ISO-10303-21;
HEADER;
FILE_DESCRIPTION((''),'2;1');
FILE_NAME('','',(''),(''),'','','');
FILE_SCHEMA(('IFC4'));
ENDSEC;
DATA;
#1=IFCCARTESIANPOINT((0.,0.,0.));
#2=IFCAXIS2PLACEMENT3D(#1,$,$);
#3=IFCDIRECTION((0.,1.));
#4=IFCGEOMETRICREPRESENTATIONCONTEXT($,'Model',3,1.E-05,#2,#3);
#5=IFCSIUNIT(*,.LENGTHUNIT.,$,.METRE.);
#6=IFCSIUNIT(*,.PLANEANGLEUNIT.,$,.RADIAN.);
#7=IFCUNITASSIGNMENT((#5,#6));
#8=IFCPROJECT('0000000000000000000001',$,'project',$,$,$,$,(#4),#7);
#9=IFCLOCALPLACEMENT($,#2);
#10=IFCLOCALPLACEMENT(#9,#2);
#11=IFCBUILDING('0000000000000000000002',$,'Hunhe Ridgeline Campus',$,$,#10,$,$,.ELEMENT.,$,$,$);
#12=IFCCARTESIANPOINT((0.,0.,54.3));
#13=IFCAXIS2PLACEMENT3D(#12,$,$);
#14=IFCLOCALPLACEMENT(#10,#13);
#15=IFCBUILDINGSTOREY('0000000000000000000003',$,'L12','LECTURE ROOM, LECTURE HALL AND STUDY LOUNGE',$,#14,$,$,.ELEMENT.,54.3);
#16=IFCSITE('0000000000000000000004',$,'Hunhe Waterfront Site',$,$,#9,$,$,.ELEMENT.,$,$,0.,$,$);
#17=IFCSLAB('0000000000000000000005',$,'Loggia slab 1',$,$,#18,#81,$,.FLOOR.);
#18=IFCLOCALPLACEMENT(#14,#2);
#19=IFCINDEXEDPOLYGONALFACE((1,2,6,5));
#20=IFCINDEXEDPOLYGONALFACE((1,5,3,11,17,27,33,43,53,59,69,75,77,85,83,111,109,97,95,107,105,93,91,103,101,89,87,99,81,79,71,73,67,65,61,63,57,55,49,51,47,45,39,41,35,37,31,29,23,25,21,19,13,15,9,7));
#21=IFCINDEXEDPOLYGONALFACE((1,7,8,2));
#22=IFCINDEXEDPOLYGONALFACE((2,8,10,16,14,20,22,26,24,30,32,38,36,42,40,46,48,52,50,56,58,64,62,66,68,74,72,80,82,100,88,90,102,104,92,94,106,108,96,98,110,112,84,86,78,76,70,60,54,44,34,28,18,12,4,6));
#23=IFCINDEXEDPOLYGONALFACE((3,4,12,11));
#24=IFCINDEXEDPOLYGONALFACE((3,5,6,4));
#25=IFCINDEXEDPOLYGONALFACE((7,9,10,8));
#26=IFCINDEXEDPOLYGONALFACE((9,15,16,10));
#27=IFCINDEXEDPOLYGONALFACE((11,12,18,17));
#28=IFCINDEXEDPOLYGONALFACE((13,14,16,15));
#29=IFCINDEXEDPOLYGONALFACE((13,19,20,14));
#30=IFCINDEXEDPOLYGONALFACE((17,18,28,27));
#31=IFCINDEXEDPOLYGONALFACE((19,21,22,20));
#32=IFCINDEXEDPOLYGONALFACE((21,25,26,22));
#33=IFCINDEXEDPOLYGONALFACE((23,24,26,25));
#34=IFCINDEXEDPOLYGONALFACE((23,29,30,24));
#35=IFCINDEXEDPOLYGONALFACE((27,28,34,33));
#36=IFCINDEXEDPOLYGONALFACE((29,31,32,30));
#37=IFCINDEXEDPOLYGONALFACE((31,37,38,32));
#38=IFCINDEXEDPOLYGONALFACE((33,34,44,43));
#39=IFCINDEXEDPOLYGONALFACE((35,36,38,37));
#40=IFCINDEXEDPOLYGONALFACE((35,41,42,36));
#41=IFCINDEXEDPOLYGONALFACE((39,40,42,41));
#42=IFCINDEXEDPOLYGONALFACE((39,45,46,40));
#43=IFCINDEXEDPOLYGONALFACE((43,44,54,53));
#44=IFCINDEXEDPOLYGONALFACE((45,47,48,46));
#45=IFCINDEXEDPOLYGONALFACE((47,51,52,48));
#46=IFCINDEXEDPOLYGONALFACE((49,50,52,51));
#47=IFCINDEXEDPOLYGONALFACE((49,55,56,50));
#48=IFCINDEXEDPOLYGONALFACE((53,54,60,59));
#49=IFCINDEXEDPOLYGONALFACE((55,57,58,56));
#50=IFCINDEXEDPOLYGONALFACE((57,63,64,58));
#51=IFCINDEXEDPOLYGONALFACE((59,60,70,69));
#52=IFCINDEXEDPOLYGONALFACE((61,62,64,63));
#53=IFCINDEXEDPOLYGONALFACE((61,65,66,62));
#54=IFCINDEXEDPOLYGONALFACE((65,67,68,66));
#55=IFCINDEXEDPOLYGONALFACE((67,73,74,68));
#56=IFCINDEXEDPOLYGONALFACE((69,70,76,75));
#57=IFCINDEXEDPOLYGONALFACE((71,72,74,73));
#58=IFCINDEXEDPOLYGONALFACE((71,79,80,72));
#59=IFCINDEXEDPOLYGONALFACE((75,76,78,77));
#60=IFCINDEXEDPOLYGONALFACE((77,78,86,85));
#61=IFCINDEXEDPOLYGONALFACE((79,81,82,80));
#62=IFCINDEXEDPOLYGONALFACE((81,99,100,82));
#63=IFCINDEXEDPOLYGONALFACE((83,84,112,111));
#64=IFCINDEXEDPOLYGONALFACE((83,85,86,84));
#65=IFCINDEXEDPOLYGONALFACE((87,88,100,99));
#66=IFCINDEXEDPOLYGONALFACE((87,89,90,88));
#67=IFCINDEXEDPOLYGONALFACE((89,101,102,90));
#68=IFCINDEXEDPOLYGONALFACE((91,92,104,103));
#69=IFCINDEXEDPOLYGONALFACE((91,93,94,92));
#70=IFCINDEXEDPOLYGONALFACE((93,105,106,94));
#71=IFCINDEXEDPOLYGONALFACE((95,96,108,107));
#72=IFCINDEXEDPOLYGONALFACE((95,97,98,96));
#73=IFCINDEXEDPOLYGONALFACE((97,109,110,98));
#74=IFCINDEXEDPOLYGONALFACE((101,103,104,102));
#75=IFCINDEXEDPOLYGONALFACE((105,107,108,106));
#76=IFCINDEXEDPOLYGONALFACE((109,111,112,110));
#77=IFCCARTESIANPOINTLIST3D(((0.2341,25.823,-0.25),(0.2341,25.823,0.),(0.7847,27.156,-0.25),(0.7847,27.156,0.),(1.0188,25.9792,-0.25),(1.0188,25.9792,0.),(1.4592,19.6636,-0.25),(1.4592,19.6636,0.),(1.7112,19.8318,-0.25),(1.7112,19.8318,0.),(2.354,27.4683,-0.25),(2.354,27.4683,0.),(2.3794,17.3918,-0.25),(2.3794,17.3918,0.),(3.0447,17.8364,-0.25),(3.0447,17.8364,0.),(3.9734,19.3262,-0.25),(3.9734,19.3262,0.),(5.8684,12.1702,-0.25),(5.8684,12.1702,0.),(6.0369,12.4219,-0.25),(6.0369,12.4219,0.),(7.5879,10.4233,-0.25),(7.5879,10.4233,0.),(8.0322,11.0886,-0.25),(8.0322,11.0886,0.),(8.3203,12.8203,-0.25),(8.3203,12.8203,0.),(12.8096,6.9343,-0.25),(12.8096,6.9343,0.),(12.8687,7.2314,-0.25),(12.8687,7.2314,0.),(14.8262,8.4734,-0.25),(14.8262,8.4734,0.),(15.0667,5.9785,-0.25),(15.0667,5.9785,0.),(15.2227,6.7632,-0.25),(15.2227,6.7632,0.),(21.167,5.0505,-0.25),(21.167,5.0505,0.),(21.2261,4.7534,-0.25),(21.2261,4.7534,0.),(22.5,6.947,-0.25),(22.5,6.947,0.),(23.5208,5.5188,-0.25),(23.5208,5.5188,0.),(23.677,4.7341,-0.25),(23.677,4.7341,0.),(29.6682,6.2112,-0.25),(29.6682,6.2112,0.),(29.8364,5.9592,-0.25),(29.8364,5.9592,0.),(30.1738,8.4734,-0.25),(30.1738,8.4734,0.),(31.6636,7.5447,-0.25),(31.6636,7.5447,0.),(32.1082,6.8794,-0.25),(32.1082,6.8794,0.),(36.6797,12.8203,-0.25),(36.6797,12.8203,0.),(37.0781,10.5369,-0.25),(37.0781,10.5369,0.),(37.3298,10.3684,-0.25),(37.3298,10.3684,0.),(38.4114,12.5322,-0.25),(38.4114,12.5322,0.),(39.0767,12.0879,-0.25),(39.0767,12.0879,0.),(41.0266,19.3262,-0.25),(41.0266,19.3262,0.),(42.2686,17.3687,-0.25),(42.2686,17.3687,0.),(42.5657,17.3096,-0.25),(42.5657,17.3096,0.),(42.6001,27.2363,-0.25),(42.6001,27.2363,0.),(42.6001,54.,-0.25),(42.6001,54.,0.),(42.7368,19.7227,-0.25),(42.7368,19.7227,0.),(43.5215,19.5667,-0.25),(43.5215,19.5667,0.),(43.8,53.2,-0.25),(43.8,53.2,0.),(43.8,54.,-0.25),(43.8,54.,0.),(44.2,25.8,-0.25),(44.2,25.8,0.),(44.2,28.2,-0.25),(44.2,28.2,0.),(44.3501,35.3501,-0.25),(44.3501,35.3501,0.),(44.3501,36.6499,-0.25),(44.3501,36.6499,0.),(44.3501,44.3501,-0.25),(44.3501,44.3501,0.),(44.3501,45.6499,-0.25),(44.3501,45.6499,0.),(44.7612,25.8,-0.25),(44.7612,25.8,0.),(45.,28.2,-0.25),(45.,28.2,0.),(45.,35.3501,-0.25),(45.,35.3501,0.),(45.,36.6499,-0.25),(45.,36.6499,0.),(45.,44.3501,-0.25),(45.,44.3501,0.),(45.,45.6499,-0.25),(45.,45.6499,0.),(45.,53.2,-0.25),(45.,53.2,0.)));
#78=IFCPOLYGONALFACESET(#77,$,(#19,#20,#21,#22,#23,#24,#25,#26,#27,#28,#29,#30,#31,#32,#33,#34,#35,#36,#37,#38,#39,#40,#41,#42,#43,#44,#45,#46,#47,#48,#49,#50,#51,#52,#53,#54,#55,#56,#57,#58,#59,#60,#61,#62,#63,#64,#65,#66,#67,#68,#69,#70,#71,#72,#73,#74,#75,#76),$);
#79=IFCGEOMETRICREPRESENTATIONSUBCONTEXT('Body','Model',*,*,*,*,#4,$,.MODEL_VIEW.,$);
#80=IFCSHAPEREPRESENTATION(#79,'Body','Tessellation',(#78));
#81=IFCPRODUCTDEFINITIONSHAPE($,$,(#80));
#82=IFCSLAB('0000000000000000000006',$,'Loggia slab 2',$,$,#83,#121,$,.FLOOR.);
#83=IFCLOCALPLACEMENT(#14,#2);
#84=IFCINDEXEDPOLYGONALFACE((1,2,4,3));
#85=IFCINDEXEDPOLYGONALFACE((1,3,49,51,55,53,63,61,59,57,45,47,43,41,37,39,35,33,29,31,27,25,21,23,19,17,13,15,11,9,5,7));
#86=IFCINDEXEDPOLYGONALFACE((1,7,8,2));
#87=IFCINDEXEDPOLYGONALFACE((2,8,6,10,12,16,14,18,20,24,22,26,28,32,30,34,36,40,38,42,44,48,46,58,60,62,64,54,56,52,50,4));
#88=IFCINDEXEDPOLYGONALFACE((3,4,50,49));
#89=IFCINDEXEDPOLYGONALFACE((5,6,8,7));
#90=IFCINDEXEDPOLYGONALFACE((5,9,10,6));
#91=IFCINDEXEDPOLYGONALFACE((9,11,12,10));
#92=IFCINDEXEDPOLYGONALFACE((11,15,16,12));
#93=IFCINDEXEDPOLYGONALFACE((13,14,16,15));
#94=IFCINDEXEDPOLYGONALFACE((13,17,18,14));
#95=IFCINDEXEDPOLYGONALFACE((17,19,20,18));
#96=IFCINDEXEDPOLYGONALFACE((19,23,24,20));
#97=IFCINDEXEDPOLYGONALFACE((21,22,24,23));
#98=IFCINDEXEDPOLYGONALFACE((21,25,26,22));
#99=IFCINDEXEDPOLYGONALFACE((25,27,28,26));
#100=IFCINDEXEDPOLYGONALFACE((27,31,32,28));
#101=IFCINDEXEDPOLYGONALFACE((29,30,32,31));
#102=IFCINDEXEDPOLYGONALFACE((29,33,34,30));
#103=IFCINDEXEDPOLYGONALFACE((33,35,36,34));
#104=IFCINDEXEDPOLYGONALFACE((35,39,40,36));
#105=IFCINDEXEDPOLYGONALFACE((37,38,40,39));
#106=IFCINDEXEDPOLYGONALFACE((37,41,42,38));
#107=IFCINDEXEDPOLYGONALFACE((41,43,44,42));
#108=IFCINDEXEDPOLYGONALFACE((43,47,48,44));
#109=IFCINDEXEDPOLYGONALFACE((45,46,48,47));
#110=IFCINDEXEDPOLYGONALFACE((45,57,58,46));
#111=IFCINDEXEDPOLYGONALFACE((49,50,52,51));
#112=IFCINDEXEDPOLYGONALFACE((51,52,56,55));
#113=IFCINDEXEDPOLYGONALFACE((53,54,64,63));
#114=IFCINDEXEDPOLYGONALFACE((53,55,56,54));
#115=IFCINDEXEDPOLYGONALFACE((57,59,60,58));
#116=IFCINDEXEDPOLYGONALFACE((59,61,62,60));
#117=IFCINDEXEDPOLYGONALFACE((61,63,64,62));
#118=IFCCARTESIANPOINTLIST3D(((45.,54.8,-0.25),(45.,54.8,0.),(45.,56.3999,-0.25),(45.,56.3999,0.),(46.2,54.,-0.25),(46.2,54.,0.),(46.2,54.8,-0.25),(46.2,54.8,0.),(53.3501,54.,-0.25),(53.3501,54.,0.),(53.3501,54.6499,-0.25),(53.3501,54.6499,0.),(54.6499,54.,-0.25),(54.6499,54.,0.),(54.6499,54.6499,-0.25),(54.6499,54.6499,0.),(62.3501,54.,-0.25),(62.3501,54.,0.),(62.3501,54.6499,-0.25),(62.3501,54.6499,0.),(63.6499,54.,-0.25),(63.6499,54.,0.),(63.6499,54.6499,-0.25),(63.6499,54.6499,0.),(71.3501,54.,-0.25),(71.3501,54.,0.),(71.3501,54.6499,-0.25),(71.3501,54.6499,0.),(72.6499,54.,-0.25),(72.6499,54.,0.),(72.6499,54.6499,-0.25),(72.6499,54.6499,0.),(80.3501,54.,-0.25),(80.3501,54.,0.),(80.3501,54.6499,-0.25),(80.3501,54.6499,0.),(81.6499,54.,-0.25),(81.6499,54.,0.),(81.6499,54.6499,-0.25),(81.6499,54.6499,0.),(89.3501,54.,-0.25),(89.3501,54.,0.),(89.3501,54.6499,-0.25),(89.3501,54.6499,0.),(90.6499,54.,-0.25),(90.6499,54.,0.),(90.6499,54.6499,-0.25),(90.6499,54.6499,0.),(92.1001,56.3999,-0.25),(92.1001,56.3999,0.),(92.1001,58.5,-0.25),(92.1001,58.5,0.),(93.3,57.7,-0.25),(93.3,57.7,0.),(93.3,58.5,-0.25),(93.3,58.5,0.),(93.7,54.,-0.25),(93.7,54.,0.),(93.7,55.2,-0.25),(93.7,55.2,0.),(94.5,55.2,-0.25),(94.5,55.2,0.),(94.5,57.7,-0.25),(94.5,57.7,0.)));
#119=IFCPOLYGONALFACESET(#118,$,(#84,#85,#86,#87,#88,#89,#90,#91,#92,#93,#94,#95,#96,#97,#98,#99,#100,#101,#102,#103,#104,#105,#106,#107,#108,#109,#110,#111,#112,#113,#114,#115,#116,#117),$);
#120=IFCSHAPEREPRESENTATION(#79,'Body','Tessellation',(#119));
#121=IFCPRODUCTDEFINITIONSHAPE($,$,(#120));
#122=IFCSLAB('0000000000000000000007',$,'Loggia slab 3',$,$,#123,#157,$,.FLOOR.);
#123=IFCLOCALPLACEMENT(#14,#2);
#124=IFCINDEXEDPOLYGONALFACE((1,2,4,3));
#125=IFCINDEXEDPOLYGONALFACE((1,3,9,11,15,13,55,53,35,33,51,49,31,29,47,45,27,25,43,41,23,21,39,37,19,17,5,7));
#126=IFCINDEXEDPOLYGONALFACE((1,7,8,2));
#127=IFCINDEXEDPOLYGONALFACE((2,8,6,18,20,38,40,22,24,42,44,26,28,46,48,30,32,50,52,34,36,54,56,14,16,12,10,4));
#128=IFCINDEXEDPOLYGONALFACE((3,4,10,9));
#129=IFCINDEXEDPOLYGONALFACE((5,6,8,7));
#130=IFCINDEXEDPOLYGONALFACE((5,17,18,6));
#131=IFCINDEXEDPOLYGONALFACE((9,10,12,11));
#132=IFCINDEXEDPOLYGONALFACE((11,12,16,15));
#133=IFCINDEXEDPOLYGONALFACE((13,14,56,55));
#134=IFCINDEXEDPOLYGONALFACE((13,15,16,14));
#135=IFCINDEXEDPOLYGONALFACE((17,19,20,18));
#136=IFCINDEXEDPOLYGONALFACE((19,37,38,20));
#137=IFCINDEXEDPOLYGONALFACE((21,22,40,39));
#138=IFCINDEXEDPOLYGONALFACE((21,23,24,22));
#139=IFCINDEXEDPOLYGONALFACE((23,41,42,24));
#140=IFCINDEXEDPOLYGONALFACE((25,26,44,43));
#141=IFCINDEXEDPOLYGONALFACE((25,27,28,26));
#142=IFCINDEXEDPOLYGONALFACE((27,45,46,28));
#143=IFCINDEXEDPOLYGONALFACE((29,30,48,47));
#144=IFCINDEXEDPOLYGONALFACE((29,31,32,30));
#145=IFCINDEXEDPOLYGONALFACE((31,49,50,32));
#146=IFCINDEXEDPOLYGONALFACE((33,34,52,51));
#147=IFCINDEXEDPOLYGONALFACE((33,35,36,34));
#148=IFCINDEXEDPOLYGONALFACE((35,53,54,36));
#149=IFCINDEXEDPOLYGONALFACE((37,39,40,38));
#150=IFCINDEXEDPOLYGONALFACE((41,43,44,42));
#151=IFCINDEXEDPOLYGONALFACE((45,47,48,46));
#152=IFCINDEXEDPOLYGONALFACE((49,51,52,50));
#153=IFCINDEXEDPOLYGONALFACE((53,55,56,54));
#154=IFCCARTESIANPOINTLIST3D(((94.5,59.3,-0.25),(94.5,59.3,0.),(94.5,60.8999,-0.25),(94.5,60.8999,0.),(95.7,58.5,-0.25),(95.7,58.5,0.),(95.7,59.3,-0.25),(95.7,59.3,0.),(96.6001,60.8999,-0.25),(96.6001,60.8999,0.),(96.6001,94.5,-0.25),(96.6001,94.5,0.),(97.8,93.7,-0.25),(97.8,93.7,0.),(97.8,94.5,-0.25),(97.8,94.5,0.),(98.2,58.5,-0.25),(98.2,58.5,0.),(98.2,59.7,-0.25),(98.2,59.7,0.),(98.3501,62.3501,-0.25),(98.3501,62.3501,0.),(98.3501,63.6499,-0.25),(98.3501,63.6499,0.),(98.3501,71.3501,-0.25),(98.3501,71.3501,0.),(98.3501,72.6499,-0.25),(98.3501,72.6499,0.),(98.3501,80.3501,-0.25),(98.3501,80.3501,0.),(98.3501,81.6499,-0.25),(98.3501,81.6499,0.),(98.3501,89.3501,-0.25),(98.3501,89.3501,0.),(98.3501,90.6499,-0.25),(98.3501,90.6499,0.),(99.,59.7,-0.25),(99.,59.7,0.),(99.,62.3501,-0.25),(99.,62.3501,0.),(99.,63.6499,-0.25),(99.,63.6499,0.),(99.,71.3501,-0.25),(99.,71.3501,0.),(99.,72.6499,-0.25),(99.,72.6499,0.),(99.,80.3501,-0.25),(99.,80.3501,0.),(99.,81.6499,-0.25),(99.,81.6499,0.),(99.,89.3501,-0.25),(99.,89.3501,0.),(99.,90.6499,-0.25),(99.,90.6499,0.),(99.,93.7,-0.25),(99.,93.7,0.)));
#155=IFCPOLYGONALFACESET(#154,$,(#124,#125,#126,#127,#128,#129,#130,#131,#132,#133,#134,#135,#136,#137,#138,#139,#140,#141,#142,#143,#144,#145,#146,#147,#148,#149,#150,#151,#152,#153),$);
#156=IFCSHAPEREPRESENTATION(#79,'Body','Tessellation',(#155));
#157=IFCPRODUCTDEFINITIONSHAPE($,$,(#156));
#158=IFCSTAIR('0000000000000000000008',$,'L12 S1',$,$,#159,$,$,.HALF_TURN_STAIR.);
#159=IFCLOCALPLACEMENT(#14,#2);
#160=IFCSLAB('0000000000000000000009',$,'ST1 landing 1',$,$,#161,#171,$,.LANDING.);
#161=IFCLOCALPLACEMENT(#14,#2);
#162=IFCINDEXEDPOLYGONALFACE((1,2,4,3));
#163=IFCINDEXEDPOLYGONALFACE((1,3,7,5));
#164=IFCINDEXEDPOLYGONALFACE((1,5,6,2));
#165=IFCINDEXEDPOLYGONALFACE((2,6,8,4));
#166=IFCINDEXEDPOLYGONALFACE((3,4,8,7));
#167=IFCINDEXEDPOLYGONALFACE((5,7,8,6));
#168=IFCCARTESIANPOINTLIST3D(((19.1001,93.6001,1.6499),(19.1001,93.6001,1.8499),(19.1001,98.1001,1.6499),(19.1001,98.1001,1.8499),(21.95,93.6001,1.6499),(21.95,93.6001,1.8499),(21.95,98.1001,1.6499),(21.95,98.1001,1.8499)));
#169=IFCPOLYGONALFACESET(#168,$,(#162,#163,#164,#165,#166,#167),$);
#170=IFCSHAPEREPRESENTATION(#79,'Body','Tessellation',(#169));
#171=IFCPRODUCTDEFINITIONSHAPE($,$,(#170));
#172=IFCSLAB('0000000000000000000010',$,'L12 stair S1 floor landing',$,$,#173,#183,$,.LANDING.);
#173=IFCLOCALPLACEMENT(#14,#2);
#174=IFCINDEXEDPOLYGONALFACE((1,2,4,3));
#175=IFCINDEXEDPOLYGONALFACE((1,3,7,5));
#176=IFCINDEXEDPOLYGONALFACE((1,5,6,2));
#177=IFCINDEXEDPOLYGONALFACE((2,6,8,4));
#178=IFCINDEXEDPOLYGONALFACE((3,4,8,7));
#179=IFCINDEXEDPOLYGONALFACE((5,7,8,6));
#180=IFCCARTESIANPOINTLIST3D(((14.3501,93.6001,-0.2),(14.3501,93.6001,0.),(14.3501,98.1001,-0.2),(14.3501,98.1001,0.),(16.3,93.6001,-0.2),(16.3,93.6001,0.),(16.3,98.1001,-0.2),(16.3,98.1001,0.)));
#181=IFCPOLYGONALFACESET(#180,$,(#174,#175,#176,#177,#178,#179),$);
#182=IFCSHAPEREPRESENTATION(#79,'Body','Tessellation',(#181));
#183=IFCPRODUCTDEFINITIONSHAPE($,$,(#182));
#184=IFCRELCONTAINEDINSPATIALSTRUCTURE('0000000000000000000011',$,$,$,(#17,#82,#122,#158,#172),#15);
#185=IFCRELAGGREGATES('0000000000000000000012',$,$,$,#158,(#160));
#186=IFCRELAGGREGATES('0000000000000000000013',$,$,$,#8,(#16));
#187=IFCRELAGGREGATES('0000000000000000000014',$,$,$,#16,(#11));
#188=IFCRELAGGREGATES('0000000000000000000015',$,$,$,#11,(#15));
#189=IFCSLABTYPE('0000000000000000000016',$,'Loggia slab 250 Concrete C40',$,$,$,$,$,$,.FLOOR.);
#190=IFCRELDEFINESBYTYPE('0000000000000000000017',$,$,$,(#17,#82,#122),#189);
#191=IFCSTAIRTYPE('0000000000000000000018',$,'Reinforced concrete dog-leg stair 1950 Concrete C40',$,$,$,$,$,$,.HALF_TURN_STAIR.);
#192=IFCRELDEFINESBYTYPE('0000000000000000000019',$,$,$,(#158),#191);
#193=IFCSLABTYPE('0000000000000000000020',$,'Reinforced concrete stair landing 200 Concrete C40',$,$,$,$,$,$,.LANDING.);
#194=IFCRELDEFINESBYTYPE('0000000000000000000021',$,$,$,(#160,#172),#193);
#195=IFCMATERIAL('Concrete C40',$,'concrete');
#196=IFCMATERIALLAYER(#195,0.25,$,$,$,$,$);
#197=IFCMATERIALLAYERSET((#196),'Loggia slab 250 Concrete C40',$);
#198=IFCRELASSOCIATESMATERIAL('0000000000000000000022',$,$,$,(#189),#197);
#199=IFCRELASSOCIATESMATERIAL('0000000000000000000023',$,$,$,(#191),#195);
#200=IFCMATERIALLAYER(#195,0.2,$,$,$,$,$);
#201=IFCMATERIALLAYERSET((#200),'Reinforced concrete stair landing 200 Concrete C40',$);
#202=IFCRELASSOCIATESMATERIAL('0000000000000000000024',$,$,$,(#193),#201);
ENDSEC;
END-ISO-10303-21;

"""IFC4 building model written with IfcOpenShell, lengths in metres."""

from ifc_helpers import new_model, si_unit, direction, frame, origin, place, context, subcontext, project, spatial, polyline, outline, extrude, material, layer, layer_set, type_object, element, aggregate, save


model = new_model("IFC4")

# Units and contexts
model_context = context("Model", 3, precision=1e-05, world=origin(), true_north=direction((0.0, 1.0)))
body_context = subcontext(model_context, "Body", "Model", "MODEL_VIEW")
ifc_project = project(units=[si_unit("LENGTHUNIT", "METRE"), si_unit("PLANEANGLEUNIT", "RADIAN")], contexts=[model_context])

# Site, building, storey
site_placement = place(None, origin())
site = spatial("IfcSite", under=ifc_project, at=site_placement, Name="Hunhe Waterfront Site", CompositionType="ELEMENT", RefElevation=0.0)
building_placement = place(site_placement, origin())
building = spatial("IfcBuilding", under=site, at=building_placement, Name="Hunhe Ridgeline Campus", CompositionType="ELEMENT")
storey_placement = place(building_placement, frame((0.0, 0.0, 54.3)))
storey = spatial("IfcBuildingStorey", under=building, at=storey_placement, Name="L12", Description="LECTURE ROOM, LECTURE HALL AND STUDY LOUNGE", CompositionType="ELEMENT", Elevation=54.3)

# Slabs
ifc_material_1 = material(Name="Concrete C40", Category="concrete")
ifc_layer_1 = layer(ifc_material_1, 0.25)
ifc_layer_set_1 = layer_set([ifc_layer_1], Name="Loggia slab 250 Concrete C40")
slab_type_1 = type_object("IfcSlabType", Name="Loggia slab 250 Concrete C40", PredefinedType="FLOOR", material=ifc_layer_set_1)
slab_1_placement = place(storey_placement, frame((0.0, 0.0, -0.25)))
element("IfcSlab", 1, at=slab_1_placement, inside=storey, type_object=slab_type_1, Name="Loggia slab 1", PredefinedType="FLOOR", context=body_context, shape_type="SweptSolid", body=[
    extrude(outline(polyline([(30.1738, 8.4734), (22.5, 6.947), (14.8262, 8.4734), (8.3203, 12.8203), (3.9734, 19.3262), (2.354, 27.4683), (0.7847, 27.156), (1.0188, 25.9792), (0.2341, 25.823), (1.4592, 19.6636), (1.7112, 19.8318), (3.0447, 17.8364), (2.3794, 17.3918), (5.8684, 12.1702), (6.0369, 12.4219), (8.0322, 11.0886), (7.5879, 10.4233), (12.8096, 6.9343), (12.8687, 7.2314), (15.2227, 6.7632), (15.0667, 5.9785), (21.2261, 4.7534), (21.167, 5.0505), (23.5208, 5.5188), (23.677, 4.7341), (29.8364, 5.9592), (29.6682, 6.2112), (31.6636, 7.5447), (32.1082, 6.8794), (37.3298, 10.3684), (37.0781, 10.5369), (38.4114, 12.5322), (39.0767, 12.0879), (42.5657, 17.3096), (42.2686, 17.3687), (42.7368, 19.7227), (43.5215, 19.5667), (44.7612, 25.8), (44.2, 25.8), (44.2, 28.2), (45.0, 28.2), (45.0, 35.3501), (44.3501, 35.3501), (44.3501, 36.6499), (45.0, 36.6499), (45.0, 44.3501), (44.3501, 44.3501), (44.3501, 45.6499), (45.0, 45.6499), (45.0, 53.2), (43.8, 53.2), (43.8, 54.0), (42.6001, 54.0), (42.6001, 27.2363), (41.0266, 19.3262), (36.6797, 12.8203), (30.1738, 8.4734)])), origin(), (0.0, 0.0, 1.0), 0.25),
])
slab_2_placement = place(storey_placement, frame((0.0, 0.0, -0.25)))
element("IfcSlab", 2, at=slab_2_placement, inside=storey, type_object=slab_type_1, Name="Loggia slab 2", PredefinedType="FLOOR", context=body_context, shape_type="SweptSolid", body=[
    extrude(outline(polyline([(45.0, 54.8), (46.2, 54.8), (46.2, 54.0), (53.3501, 54.0), (53.3501, 54.6499), (54.6499, 54.6499), (54.6499, 54.0), (62.3501, 54.0), (62.3501, 54.6499), (63.6499, 54.6499), (63.6499, 54.0), (71.3501, 54.0), (71.3501, 54.6499), (72.6499, 54.6499), (72.6499, 54.0), (80.3501, 54.0), (80.3501, 54.6499), (81.6499, 54.6499), (81.6499, 54.0), (89.3501, 54.0), (89.3501, 54.6499), (90.6499, 54.6499), (90.6499, 54.0), (93.7, 54.0), (93.7, 55.2), (94.5, 55.2), (94.5, 57.7), (93.3, 57.7), (93.3, 58.5), (92.1001, 58.5), (92.1001, 56.3999), (45.0, 56.3999), (45.0, 54.8)])), origin(), (0.0, 0.0, 1.0), 0.25),
])
slab_3_placement = place(storey_placement, frame((0.0, 0.0, -0.25)))
element("IfcSlab", 3, at=slab_3_placement, inside=storey, type_object=slab_type_1, Name="Loggia slab 3", PredefinedType="FLOOR", context=body_context, shape_type="SweptSolid", body=[
    extrude(outline(polyline([(94.5, 59.3), (95.7, 59.3), (95.7, 58.5), (98.2, 58.5), (98.2, 59.7), (99.0, 59.7), (99.0, 62.3501), (98.3501, 62.3501), (98.3501, 63.6499), (99.0, 63.6499), (99.0, 71.3501), (98.3501, 71.3501), (98.3501, 72.6499), (99.0, 72.6499), (99.0, 80.3501), (98.3501, 80.3501), (98.3501, 81.6499), (99.0, 81.6499), (99.0, 89.3501), (98.3501, 89.3501), (98.3501, 90.6499), (99.0, 90.6499), (99.0, 93.7), (97.8, 93.7), (97.8, 94.5), (96.6001, 94.5), (96.6001, 60.8999), (94.5, 60.8999), (94.5, 59.3)])), origin(), (0.0, 0.0, 1.0), 0.25),
])

# Stair, slab
stair_type = type_object("IfcStairType", Name="Reinforced concrete dog-leg stair 1950 Concrete C40", PredefinedType="HALF_TURN_STAIR", material=ifc_material_1)
stair_1_placement = place(storey_placement, origin())
stair_1 = element("IfcStair", 4, at=stair_1_placement, inside=storey, type_object=stair_type, Name="L12 S1", PredefinedType="HALF_TURN_STAIR")
ifc_layer_2 = layer(ifc_material_1, 0.2)
ifc_layer_set_2 = layer_set([ifc_layer_2], Name="Reinforced concrete stair landing 200 Concrete C40")
slab_type_2 = type_object("IfcSlabType", Name="Reinforced concrete stair landing 200 Concrete C40", PredefinedType="LANDING", material=ifc_layer_set_2)
slab_4_placement = place(storey_placement, frame((0.0, 0.0, 1.6499)))
slab_4 = element("IfcSlab", 5, at=slab_4_placement, type_object=slab_type_2, Name="ST1 landing 1", PredefinedType="LANDING", context=body_context, shape_type="SweptSolid", body=[
    extrude(outline(polyline([(19.1001, 93.6001), (21.95, 93.6001), (21.95, 98.1001), (19.1001, 98.1001), (19.1001, 93.6001)])), origin(), (0.0, 0.0, 1.0), 0.2),
])
aggregate(stair_1, [slab_4])

# Slab
slab_5_placement = place(storey_placement, frame((0.0, 0.0, -0.2)))
element("IfcSlab", 6, at=slab_5_placement, inside=storey, type_object=slab_type_2, Name="L12 stair S1 floor landing", PredefinedType="LANDING", context=body_context, shape_type="SweptSolid", body=[
    extrude(outline(polyline([(14.3501, 93.6001), (16.3, 93.6001), (16.3, 98.1001), (14.3501, 98.1001), (14.3501, 93.6001)])), origin(), (0.0, 0.0, 1.0), 0.2),
])

save(model, "model.ifc")
